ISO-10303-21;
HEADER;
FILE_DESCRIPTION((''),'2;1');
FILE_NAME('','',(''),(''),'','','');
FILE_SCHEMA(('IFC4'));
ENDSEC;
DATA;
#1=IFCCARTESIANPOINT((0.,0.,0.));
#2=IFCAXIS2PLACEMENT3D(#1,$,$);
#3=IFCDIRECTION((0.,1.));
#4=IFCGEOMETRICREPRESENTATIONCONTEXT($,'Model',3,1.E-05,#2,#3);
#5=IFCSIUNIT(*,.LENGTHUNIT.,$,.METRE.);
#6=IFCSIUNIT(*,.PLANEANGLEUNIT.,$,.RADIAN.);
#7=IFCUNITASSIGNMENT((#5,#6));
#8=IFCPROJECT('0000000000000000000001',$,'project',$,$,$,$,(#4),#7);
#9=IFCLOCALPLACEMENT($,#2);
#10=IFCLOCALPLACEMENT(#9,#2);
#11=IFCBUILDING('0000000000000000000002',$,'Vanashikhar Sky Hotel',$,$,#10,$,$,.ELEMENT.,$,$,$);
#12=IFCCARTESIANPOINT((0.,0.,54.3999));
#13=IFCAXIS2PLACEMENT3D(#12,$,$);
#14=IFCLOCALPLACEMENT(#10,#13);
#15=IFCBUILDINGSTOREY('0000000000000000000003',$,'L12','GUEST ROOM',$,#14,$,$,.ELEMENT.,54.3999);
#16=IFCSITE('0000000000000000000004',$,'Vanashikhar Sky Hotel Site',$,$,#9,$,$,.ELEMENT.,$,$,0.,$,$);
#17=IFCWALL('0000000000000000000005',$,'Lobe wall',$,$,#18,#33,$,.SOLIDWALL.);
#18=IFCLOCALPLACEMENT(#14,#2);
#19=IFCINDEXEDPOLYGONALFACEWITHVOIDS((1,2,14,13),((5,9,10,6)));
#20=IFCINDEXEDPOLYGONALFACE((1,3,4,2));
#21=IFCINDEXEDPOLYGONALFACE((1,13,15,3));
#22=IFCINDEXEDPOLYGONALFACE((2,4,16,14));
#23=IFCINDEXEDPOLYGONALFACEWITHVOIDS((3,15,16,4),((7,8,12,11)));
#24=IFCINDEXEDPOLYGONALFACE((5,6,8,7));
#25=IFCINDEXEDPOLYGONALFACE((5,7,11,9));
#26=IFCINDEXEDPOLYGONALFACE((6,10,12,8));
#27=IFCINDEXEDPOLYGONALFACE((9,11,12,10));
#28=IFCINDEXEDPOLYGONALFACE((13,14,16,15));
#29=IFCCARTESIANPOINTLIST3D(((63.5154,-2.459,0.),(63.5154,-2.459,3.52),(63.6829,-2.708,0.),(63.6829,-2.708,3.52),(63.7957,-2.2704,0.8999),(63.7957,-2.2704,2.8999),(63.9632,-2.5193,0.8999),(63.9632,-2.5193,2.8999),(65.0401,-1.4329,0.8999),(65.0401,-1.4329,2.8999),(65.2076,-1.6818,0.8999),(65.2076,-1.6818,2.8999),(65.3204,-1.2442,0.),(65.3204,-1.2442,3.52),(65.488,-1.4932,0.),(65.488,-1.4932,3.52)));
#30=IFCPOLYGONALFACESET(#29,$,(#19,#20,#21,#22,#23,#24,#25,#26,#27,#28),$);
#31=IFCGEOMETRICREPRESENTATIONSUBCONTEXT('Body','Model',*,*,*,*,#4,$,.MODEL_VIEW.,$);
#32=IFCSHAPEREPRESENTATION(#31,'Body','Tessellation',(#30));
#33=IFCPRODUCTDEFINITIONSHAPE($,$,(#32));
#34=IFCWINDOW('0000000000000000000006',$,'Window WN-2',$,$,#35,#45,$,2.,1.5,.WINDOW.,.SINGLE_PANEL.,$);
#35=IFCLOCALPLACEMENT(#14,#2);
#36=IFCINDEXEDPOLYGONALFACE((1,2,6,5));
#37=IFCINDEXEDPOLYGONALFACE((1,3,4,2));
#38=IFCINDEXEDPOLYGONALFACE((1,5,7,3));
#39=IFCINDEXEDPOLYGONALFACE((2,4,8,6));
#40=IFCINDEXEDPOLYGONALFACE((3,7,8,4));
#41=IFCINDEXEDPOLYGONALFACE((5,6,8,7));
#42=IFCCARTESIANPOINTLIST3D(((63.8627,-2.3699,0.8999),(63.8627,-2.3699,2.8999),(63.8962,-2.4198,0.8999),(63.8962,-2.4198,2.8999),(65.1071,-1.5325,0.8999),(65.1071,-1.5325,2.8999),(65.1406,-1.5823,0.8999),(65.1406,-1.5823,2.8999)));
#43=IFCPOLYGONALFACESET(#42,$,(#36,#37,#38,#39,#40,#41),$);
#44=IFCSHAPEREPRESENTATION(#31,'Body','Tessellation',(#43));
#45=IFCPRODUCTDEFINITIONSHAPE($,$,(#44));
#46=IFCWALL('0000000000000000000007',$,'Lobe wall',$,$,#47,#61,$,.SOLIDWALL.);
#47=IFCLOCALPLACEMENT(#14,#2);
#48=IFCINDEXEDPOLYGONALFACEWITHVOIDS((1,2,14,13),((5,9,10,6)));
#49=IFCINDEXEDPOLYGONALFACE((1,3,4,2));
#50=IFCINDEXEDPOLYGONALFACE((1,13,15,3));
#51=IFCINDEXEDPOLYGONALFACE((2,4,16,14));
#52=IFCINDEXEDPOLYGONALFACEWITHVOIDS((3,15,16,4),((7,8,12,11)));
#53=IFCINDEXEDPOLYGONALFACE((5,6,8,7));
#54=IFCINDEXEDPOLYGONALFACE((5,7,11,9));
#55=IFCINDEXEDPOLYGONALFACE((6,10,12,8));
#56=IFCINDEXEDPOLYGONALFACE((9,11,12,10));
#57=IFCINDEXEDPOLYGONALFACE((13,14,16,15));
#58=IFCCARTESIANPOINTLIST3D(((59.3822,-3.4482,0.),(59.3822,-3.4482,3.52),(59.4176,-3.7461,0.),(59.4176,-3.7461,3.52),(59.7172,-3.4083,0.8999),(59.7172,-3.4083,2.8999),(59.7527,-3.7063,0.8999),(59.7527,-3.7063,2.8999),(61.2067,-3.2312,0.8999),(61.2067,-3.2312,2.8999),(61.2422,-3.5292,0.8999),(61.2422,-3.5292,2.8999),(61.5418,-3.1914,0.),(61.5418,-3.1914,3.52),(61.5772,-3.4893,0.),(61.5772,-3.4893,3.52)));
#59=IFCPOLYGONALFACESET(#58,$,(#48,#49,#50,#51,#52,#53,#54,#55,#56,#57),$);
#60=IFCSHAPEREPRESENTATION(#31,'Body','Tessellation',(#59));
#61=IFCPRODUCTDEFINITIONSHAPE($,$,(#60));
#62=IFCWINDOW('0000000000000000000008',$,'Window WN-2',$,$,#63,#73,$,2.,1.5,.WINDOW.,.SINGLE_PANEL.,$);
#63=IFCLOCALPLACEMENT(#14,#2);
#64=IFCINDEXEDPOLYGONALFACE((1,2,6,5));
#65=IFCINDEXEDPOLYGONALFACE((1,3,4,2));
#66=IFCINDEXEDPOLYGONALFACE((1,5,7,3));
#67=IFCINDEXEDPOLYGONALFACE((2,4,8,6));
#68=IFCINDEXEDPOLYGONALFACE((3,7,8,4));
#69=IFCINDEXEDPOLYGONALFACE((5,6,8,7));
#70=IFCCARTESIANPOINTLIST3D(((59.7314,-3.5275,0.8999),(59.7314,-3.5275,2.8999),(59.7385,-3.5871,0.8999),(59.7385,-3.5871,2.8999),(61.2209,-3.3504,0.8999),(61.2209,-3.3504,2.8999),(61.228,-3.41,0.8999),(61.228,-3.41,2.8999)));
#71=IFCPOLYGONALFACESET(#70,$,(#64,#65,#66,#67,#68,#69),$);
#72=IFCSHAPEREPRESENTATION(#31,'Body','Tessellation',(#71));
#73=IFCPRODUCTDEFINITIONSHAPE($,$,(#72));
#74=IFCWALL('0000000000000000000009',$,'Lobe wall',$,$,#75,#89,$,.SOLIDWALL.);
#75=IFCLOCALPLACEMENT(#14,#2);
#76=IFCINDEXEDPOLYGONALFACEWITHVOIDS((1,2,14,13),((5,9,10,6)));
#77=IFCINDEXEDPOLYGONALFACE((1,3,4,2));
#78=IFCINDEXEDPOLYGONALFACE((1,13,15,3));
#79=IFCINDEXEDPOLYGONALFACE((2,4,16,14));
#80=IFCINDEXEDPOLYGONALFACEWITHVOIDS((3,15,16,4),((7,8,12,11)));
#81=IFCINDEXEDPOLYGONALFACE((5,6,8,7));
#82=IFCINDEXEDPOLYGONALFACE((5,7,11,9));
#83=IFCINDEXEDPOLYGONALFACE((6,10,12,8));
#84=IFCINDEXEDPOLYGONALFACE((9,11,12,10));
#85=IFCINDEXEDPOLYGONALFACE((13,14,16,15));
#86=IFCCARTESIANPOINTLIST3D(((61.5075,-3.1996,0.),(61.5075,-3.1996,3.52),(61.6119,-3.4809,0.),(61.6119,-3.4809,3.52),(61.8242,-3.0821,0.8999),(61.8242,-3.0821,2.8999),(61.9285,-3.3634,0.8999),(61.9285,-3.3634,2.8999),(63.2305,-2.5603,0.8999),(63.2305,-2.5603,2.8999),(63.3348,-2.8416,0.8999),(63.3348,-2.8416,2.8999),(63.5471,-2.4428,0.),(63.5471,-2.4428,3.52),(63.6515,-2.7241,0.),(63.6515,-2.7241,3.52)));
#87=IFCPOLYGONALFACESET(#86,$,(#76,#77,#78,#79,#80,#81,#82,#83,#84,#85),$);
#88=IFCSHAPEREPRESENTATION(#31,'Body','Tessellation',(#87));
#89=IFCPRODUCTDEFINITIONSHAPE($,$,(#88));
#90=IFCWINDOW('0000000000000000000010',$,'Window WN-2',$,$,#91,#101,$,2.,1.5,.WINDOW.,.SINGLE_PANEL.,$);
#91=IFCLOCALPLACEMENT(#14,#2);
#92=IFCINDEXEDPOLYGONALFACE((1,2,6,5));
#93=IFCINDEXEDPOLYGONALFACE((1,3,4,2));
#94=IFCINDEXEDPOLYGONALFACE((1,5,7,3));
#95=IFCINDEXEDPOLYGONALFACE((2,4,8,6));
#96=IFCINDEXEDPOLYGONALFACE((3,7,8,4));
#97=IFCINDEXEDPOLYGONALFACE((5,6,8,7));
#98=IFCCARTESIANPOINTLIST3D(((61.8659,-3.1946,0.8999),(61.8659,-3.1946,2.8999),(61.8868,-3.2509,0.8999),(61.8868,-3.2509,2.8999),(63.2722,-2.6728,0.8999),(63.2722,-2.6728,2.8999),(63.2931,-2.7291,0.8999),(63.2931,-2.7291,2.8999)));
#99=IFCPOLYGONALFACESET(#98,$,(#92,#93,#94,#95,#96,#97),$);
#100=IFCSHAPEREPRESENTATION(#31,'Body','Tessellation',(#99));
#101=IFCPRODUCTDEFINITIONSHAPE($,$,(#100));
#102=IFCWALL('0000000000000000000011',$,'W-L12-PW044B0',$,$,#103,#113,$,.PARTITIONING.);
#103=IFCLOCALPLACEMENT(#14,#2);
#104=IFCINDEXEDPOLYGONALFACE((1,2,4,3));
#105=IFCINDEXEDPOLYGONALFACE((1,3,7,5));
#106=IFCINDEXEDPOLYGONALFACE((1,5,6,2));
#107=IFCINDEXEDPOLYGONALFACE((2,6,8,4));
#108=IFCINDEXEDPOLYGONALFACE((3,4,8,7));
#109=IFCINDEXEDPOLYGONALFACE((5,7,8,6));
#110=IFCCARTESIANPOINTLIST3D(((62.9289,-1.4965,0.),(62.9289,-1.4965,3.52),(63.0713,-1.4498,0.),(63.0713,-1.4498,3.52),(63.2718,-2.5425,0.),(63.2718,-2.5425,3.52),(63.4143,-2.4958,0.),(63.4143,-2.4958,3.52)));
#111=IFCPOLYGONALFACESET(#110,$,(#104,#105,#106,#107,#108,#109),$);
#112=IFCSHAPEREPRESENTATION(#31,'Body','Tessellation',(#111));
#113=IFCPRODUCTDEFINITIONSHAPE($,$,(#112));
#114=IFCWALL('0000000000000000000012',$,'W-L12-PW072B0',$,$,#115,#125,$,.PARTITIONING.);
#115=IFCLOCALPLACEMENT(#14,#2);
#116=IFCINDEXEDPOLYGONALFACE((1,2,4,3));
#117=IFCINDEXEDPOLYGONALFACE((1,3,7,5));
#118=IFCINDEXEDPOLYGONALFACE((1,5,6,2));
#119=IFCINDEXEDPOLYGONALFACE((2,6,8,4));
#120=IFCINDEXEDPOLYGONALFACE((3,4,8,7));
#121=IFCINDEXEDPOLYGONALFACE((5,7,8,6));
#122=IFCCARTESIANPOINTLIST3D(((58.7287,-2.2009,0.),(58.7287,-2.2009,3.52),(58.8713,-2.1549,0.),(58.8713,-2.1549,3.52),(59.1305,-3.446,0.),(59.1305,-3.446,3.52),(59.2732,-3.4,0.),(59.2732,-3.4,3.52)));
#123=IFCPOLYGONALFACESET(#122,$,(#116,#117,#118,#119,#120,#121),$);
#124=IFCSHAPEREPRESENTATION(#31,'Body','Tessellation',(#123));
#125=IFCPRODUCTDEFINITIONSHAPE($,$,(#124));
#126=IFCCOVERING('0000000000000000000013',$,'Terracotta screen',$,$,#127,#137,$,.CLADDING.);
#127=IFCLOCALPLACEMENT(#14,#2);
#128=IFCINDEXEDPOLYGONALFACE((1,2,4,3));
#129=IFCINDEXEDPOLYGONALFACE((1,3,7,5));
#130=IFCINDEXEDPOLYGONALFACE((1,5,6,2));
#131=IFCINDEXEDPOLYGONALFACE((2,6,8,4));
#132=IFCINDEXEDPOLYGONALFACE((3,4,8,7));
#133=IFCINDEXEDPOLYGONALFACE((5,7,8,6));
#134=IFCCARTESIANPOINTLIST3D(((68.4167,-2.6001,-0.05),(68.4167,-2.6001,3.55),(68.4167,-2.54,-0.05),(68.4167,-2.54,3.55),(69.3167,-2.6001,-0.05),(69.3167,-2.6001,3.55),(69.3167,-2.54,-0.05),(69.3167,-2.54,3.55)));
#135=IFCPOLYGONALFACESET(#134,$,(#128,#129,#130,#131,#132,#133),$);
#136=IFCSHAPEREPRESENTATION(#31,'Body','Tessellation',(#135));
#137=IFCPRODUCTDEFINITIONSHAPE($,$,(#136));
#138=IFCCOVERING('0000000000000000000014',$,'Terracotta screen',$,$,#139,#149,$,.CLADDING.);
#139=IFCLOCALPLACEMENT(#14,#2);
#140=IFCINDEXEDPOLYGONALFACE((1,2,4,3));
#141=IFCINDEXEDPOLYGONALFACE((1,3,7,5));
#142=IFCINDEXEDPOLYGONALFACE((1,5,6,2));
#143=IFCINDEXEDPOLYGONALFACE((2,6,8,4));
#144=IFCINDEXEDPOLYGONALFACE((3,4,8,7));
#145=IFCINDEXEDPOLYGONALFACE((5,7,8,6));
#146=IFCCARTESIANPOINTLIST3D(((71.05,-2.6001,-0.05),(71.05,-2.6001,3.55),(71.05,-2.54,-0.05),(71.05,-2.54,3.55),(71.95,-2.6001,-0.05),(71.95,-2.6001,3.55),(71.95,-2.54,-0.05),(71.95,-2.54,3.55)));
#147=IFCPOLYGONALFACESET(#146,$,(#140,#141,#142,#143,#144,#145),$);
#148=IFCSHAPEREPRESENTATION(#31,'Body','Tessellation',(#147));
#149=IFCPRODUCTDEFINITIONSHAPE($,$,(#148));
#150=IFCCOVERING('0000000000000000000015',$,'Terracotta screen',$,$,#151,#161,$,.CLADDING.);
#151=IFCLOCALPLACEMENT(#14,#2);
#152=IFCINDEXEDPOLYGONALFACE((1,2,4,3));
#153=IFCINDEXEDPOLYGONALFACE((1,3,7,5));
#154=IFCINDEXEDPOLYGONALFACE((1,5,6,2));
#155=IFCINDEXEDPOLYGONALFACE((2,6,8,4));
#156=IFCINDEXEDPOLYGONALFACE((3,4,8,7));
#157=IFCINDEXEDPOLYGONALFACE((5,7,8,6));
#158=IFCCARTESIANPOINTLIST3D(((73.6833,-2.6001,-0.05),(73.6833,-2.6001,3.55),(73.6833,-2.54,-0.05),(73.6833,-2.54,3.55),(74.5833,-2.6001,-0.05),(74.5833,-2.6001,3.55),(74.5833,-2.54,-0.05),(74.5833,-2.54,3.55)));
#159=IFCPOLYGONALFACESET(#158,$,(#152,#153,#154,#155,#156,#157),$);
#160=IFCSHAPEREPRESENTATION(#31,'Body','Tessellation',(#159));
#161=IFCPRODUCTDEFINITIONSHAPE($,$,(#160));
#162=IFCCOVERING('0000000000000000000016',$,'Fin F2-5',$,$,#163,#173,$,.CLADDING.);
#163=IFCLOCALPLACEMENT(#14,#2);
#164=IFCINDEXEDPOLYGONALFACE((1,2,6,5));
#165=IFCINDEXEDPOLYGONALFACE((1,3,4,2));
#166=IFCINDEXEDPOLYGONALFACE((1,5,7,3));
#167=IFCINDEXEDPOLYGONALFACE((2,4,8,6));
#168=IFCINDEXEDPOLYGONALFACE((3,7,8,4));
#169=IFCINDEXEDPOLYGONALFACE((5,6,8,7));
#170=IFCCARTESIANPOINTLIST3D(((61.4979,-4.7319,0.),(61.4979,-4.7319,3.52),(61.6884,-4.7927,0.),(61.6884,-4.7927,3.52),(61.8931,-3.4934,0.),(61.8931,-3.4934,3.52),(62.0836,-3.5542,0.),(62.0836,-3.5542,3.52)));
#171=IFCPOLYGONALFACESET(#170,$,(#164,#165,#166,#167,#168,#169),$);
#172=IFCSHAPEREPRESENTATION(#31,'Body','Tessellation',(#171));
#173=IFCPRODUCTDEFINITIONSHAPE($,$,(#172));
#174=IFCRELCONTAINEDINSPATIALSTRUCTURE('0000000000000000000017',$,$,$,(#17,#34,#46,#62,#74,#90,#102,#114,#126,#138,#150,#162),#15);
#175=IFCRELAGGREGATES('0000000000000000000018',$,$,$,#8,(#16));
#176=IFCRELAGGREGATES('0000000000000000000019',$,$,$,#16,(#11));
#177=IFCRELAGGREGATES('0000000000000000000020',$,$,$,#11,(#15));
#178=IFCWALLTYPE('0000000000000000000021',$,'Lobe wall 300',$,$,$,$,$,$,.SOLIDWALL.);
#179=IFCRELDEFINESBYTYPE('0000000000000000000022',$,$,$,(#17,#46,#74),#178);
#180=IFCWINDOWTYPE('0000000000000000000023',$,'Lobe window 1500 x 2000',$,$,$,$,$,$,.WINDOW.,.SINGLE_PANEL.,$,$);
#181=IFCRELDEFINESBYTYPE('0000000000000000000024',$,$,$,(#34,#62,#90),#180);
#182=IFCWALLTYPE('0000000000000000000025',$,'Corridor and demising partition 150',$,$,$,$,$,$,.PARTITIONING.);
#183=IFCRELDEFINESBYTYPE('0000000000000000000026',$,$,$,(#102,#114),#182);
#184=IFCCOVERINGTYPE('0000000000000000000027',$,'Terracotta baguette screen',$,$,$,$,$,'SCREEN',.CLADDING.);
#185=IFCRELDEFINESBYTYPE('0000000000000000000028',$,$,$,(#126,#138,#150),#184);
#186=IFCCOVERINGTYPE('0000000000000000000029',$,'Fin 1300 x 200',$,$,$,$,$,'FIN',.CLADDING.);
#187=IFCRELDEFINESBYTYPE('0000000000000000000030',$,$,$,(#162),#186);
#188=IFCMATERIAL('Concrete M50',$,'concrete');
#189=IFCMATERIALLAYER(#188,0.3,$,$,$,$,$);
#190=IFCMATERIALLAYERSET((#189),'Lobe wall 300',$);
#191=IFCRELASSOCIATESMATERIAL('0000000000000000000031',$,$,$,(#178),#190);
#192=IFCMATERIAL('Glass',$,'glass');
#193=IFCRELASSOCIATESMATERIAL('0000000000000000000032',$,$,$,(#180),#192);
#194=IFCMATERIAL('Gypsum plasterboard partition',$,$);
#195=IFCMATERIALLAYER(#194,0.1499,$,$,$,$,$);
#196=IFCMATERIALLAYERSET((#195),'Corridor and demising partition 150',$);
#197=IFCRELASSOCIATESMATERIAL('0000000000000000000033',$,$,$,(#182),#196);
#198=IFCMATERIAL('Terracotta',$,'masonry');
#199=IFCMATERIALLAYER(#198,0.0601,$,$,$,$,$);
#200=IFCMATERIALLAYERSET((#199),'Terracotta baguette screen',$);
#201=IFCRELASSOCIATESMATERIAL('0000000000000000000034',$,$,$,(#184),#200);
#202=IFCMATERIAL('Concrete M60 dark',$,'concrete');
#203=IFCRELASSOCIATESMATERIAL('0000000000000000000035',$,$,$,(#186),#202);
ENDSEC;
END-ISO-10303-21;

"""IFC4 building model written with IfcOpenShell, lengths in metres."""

from ifc_helpers import new_model, si_unit, direction, frame, frame_2d, origin, origin_2d, place, context, subcontext, project, spatial, rectangle, extrude, source, transform, mapped, material, layer, layer_set, material_profile, profile_set, type_object, element, fill, save


model = new_model("IFC4")

# Units and contexts
model_context = context("Model", 3, precision=1e-05, world=origin(), true_north=direction((0.0, 1.0)))
body_context = subcontext(model_context, "Body", "Model", "MODEL_VIEW")
ifc_project = project(units=[si_unit("LENGTHUNIT", "METRE"), si_unit("PLANEANGLEUNIT", "RADIAN")], contexts=[model_context])

# Site, building, storey
site_placement = place(None, origin())
site = spatial("IfcSite", under=ifc_project, at=site_placement, Name="Vanashikhar Sky Hotel Site", CompositionType="ELEMENT", RefElevation=0.0)
building_placement = place(site_placement, origin())
building = spatial("IfcBuilding", under=site, at=building_placement, Name="Vanashikhar Sky Hotel", CompositionType="ELEMENT")
storey_placement = place(building_placement, frame((0.0, 0.0, 54.3999)))
storey = spatial("IfcBuildingStorey", under=building, at=storey_placement, Name="L12", Description="GUEST ROOM", CompositionType="ELEMENT", Elevation=54.3999)

# Walls, openings, windows
ifc_material_1 = material(Name="Concrete M50", Category="concrete")
ifc_layer_1 = layer(ifc_material_1, 0.3)
ifc_layer_set_1 = layer_set([ifc_layer_1], Name="Lobe wall 300")
wall_type_1 = type_object("IfcWallType", Name="Lobe wall 300", PredefinedType="SOLIDWALL", material=ifc_layer_set_1)
shared_shape_1 = source(origin(), body_context, "Body", "SweptSolid", [
    extrude(rectangle(XDim=2.1758, YDim=0.3, at=frame_2d((1.0879, 0.0))), origin(), (0.0, 0.0, 1.0), 3.52),
])
wall_1_placement = place(storey_placement, frame((63.5991, -2.5835, 0.0), z_axis=(0.0, 0.0, 1.0), x_axis=(0.829626, 0.55832, 0.0)))
wall_1 = element("IfcWall", 1, at=wall_1_placement, inside=storey, type_object=wall_type_1, Name="Lobe wall", PredefinedType="SOLIDWALL", context=body_context, shape_type="MappedRepresentation", body=[
    mapped(shared_shape_1, transform((0.0, 0.0, 0.0), scale=1.0)),
])
shared_shape_2 = source(origin(), body_context, "Body", "SweptSolid", [
    extrude(rectangle(XDim=1.5, YDim=2.0, at=frame_2d((0.75, 1.0))), frame((0.0, 0.1602, 0.0), z_axis=(0.0, -1.0, 0.0), x_axis=(1.0, 0.0, 0.0)), (0.0, 0.0, 1.0), 0.3201),
])
opening_1_placement = place(wall_1_placement, frame((0.3379, 0.0, 0.8999)))
opening_1 = element("IfcOpeningElement", 2, at=opening_1_placement, cuts=wall_1, PredefinedType="OPENING", context=body_context, shape_type="MappedRepresentation", body=[
    mapped(shared_shape_2, transform((0.0, 0.0, 0.0), scale=1.0)),
])
ifc_material_2 = material(Name="Glass", Category="glass")
window_type = type_object("IfcWindowType", Name="Lobe window 1500 x 2000", PartitioningType="SINGLE_PANEL", PredefinedType="WINDOW", material=ifc_material_2)
shared_shape_3 = source(origin(), body_context, "Body", "SweptSolid", [
    extrude(rectangle(XDim=1.5, YDim=2.0, at=frame_2d((0.75, 1.0))), frame((0.0, 0.03, 0.0), z_axis=(0.0, -1.0, 0.0), x_axis=(1.0, 0.0, 0.0)), (0.0, 0.0, 1.0), 0.0601),
])
window_1_placement = place(opening_1_placement, origin())
window_1 = element("IfcWindow", 3, at=window_1_placement, inside=storey, type_object=window_type, Name="Window WN-2", OverallHeight=2.0, OverallWidth=1.5, PartitioningType="SINGLE_PANEL", PredefinedType="WINDOW", context=body_context, shape_type="MappedRepresentation", body=[
    mapped(shared_shape_3, transform((0.0, 0.0, 0.0), scale=1.0)),
])
fill(opening_1, window_1)
shared_shape_4 = source(origin(), body_context, "Body", "SweptSolid", [
    extrude(rectangle(XDim=2.1748, YDim=0.3, at=frame_2d((1.0874, 0.0))), origin(), (0.0, 0.0, 1.0), 3.52),
])
wall_2_placement = place(storey_placement, frame((59.3999, -3.5972, 0.0), z_axis=(0.0, 0.0, 1.0), x_axis=(0.993003, 0.118092, 0.0)))
wall_2 = element("IfcWall", 4, at=wall_2_placement, inside=storey, type_object=wall_type_1, Name="Lobe wall", PredefinedType="SOLIDWALL", context=body_context, shape_type="MappedRepresentation", body=[
    mapped(shared_shape_4, transform((0.0, 0.0, 0.0), scale=1.0)),
])
opening_2_placement = place(wall_2_placement, frame((0.3374, 0.0, 0.8999)))
opening_2 = element("IfcOpeningElement", 5, at=opening_2_placement, cuts=wall_2, PredefinedType="OPENING", context=body_context, shape_type="MappedRepresentation", body=[
    mapped(shared_shape_2, transform((0.0, 0.0, 0.0), scale=1.0)),
])
window_2_placement = place(opening_2_placement, origin())
window_2 = element("IfcWindow", 6, at=window_2_placement, inside=storey, type_object=window_type, Name="Window WN-2", OverallHeight=2.0, OverallWidth=1.5, PartitioningType="SINGLE_PANEL", PredefinedType="WINDOW", context=body_context, shape_type="MappedRepresentation", body=[
    mapped(shared_shape_3, transform((0.0, 0.0, 0.0), scale=1.0)),
])
fill(opening_2, window_2)
shared_shape_5 = source(origin(), body_context, "Body", "SweptSolid", [
    extrude(rectangle(XDim=2.1755, YDim=0.3, at=frame_2d((1.0879, 0.0))), origin(), (0.0, 0.0, 1.0), 3.52),
])
wall_3_placement = place(storey_placement, frame((61.5596, -3.3403, 0.0), z_axis=(0.0, 0.0, 1.0), x_axis=(0.937532, 0.347899, 0.0)))
wall_3 = element("IfcWall", 7, at=wall_3_placement, inside=storey, type_object=wall_type_1, Name="Lobe wall", PredefinedType="SOLIDWALL", context=body_context, shape_type="MappedRepresentation", body=[
    mapped(shared_shape_5, transform((0.0, 0.0, 0.0), scale=1.0)),
])
opening_3_placement = place(wall_3_placement, frame((0.3379, 0.0, 0.8999)))
opening_3 = element("IfcOpeningElement", 8, at=opening_3_placement, cuts=wall_3, PredefinedType="OPENING", context=body_context, shape_type="MappedRepresentation", body=[
    mapped(shared_shape_2, transform((0.0, 0.0, 0.0), scale=1.0)),
])
window_3_placement = place(opening_3_placement, origin())
window_3 = element("IfcWindow", 9, at=window_3_placement, inside=storey, type_object=window_type, Name="Window WN-2", OverallHeight=2.0, OverallWidth=1.5, PartitioningType="SINGLE_PANEL", PredefinedType="WINDOW", context=body_context, shape_type="MappedRepresentation", body=[
    mapped(shared_shape_3, transform((0.0, 0.0, 0.0), scale=1.0)),
])
fill(opening_3, window_3)

# Walls
ifc_material_3 = material(Name="Gypsum plasterboard partition")
ifc_layer_2 = layer(ifc_material_3, 0.1499)
ifc_layer_set_2 = layer_set([ifc_layer_2], Name="Corridor and demising partition 150")
wall_type_2 = type_object("IfcWallType", Name="Corridor and demising partition 150", PredefinedType="PARTITIONING", material=ifc_layer_set_2)
shared_shape_6 = source(origin(), body_context, "Body", "SweptSolid", [
    extrude(rectangle(XDim=1.1008, YDim=0.1499, at=frame_2d((0.5503, 0.0))), origin(), (0.0, 0.0, 1.0), 3.52),
])
wall_4_placement = place(storey_placement, frame((63.343, -2.519, 0.0), z_axis=(0.0, 0.0, 1.0), x_axis=(-0.311567, 0.950224, 0.0)))
element("IfcWall", 10, at=wall_4_placement, inside=storey, type_object=wall_type_2, Name="W-L12-PW044B0", PredefinedType="PARTITIONING", context=body_context, shape_type="MappedRepresentation", body=[
    mapped(shared_shape_6, transform((0.0, 0.0, 0.0), scale=1.0)),
])
shared_shape_7 = source(origin(), body_context, "Body", "SweptSolid", [
    extrude(rectangle(XDim=1.3083, YDim=0.1499, at=frame_2d((0.6543, 0.0))), origin(), (0.0, 0.0, 1.0), 3.52),
])
wall_5_placement = place(storey_placement, frame((59.2019, -3.4231, 0.0), z_axis=(0.0, 0.0, 1.0), x_axis=(-0.307145, 0.951663, 0.0)))
element("IfcWall", 11, at=wall_5_placement, inside=storey, type_object=wall_type_2, Name="W-L12-PW072B0", PredefinedType="PARTITIONING", context=body_context, shape_type="MappedRepresentation", body=[
    mapped(shared_shape_7, transform((0.0, 0.0, 0.0), scale=1.0)),
])

# Coverings
ifc_material_4 = material(Name="Terracotta", Category="masonry")
ifc_layer_3 = layer(ifc_material_4, 0.0601)
ifc_layer_set_3 = layer_set([ifc_layer_3], Name="Terracotta baguette screen")
covering_type_1 = type_object("IfcCoveringType", Name="Terracotta baguette screen", ElementType="SCREEN", PredefinedType="CLADDING", material=ifc_layer_set_3)
shared_shape_8 = source(origin(), body_context, "Body", "SweptSolid", [
    extrude(rectangle(XDim=0.8999, YDim=0.0601, at=origin_2d()), origin(), (0.0, 0.0, 1.0), 3.6001),
])
for number, where, z_axis, x_axis, name in (
    (12, (68.8667, -2.5701, -0.05), (0.0, 0.0, 1.0), (1.0, 0.0, 0.0), "Terracotta screen"),
    (13, (71.5, -2.5701, -0.05), (0.0, 0.0, 1.0), (1.0, 0.0, 0.0), "Terracotta screen"),
    (14, (74.1333, -2.5701, -0.05), (0.0, 0.0, 1.0), (1.0, 0.0, 0.0), "Terracotta screen"),
):
    element("IfcCovering", number, at=place(storey_placement, frame(where, z_axis=z_axis, x_axis=x_axis)), inside=storey, type_object=covering_type_1, Name=name, PredefinedType="CLADDING", context=body_context, shape_type="MappedRepresentation", body=[
        mapped(shared_shape_8, transform((0.0, 0.0, 0.0), scale=1.0)),
    ])
ifc_material_5 = material(Name="Concrete M60 dark", Category="concrete")
ifc_material_profile = material_profile(ifc_material_5, rectangle(XDim=1.3, YDim=0.2, at=origin_2d()))
ifc_profile_set = profile_set([ifc_material_profile], Name="Fin 1300 x 200")
covering_type_2 = type_object("IfcCoveringType", Name="Fin 1300 x 200", ElementType="FIN", PredefinedType="CLADDING", material=ifc_profile_set)
shared_shape_9 = source(origin(), body_context, "Body", "SweptSolid", [
    extrude(rectangle(XDim=1.3, YDim=0.2, at=origin_2d()), origin(), (0.0, 0.0, 1.0), 3.52),
])
for number, where, z_axis, x_axis, name in (
    (15, (61.7908, -4.1431, 0.0), (0.0, 0.0, 1.0), (-0.303967, -0.952683, 0.0), "Fin F2-5"),
):
    element("IfcCovering", number, at=place(storey_placement, frame(where, z_axis=z_axis, x_axis=x_axis)), inside=storey, type_object=covering_type_2, Name=name, PredefinedType="CLADDING", context=body_context, shape_type="MappedRepresentation", body=[
        mapped(shared_shape_9, transform((0.0, 0.0, 0.0), scale=1.0)),
    ])

save(model, "model.ifc")
